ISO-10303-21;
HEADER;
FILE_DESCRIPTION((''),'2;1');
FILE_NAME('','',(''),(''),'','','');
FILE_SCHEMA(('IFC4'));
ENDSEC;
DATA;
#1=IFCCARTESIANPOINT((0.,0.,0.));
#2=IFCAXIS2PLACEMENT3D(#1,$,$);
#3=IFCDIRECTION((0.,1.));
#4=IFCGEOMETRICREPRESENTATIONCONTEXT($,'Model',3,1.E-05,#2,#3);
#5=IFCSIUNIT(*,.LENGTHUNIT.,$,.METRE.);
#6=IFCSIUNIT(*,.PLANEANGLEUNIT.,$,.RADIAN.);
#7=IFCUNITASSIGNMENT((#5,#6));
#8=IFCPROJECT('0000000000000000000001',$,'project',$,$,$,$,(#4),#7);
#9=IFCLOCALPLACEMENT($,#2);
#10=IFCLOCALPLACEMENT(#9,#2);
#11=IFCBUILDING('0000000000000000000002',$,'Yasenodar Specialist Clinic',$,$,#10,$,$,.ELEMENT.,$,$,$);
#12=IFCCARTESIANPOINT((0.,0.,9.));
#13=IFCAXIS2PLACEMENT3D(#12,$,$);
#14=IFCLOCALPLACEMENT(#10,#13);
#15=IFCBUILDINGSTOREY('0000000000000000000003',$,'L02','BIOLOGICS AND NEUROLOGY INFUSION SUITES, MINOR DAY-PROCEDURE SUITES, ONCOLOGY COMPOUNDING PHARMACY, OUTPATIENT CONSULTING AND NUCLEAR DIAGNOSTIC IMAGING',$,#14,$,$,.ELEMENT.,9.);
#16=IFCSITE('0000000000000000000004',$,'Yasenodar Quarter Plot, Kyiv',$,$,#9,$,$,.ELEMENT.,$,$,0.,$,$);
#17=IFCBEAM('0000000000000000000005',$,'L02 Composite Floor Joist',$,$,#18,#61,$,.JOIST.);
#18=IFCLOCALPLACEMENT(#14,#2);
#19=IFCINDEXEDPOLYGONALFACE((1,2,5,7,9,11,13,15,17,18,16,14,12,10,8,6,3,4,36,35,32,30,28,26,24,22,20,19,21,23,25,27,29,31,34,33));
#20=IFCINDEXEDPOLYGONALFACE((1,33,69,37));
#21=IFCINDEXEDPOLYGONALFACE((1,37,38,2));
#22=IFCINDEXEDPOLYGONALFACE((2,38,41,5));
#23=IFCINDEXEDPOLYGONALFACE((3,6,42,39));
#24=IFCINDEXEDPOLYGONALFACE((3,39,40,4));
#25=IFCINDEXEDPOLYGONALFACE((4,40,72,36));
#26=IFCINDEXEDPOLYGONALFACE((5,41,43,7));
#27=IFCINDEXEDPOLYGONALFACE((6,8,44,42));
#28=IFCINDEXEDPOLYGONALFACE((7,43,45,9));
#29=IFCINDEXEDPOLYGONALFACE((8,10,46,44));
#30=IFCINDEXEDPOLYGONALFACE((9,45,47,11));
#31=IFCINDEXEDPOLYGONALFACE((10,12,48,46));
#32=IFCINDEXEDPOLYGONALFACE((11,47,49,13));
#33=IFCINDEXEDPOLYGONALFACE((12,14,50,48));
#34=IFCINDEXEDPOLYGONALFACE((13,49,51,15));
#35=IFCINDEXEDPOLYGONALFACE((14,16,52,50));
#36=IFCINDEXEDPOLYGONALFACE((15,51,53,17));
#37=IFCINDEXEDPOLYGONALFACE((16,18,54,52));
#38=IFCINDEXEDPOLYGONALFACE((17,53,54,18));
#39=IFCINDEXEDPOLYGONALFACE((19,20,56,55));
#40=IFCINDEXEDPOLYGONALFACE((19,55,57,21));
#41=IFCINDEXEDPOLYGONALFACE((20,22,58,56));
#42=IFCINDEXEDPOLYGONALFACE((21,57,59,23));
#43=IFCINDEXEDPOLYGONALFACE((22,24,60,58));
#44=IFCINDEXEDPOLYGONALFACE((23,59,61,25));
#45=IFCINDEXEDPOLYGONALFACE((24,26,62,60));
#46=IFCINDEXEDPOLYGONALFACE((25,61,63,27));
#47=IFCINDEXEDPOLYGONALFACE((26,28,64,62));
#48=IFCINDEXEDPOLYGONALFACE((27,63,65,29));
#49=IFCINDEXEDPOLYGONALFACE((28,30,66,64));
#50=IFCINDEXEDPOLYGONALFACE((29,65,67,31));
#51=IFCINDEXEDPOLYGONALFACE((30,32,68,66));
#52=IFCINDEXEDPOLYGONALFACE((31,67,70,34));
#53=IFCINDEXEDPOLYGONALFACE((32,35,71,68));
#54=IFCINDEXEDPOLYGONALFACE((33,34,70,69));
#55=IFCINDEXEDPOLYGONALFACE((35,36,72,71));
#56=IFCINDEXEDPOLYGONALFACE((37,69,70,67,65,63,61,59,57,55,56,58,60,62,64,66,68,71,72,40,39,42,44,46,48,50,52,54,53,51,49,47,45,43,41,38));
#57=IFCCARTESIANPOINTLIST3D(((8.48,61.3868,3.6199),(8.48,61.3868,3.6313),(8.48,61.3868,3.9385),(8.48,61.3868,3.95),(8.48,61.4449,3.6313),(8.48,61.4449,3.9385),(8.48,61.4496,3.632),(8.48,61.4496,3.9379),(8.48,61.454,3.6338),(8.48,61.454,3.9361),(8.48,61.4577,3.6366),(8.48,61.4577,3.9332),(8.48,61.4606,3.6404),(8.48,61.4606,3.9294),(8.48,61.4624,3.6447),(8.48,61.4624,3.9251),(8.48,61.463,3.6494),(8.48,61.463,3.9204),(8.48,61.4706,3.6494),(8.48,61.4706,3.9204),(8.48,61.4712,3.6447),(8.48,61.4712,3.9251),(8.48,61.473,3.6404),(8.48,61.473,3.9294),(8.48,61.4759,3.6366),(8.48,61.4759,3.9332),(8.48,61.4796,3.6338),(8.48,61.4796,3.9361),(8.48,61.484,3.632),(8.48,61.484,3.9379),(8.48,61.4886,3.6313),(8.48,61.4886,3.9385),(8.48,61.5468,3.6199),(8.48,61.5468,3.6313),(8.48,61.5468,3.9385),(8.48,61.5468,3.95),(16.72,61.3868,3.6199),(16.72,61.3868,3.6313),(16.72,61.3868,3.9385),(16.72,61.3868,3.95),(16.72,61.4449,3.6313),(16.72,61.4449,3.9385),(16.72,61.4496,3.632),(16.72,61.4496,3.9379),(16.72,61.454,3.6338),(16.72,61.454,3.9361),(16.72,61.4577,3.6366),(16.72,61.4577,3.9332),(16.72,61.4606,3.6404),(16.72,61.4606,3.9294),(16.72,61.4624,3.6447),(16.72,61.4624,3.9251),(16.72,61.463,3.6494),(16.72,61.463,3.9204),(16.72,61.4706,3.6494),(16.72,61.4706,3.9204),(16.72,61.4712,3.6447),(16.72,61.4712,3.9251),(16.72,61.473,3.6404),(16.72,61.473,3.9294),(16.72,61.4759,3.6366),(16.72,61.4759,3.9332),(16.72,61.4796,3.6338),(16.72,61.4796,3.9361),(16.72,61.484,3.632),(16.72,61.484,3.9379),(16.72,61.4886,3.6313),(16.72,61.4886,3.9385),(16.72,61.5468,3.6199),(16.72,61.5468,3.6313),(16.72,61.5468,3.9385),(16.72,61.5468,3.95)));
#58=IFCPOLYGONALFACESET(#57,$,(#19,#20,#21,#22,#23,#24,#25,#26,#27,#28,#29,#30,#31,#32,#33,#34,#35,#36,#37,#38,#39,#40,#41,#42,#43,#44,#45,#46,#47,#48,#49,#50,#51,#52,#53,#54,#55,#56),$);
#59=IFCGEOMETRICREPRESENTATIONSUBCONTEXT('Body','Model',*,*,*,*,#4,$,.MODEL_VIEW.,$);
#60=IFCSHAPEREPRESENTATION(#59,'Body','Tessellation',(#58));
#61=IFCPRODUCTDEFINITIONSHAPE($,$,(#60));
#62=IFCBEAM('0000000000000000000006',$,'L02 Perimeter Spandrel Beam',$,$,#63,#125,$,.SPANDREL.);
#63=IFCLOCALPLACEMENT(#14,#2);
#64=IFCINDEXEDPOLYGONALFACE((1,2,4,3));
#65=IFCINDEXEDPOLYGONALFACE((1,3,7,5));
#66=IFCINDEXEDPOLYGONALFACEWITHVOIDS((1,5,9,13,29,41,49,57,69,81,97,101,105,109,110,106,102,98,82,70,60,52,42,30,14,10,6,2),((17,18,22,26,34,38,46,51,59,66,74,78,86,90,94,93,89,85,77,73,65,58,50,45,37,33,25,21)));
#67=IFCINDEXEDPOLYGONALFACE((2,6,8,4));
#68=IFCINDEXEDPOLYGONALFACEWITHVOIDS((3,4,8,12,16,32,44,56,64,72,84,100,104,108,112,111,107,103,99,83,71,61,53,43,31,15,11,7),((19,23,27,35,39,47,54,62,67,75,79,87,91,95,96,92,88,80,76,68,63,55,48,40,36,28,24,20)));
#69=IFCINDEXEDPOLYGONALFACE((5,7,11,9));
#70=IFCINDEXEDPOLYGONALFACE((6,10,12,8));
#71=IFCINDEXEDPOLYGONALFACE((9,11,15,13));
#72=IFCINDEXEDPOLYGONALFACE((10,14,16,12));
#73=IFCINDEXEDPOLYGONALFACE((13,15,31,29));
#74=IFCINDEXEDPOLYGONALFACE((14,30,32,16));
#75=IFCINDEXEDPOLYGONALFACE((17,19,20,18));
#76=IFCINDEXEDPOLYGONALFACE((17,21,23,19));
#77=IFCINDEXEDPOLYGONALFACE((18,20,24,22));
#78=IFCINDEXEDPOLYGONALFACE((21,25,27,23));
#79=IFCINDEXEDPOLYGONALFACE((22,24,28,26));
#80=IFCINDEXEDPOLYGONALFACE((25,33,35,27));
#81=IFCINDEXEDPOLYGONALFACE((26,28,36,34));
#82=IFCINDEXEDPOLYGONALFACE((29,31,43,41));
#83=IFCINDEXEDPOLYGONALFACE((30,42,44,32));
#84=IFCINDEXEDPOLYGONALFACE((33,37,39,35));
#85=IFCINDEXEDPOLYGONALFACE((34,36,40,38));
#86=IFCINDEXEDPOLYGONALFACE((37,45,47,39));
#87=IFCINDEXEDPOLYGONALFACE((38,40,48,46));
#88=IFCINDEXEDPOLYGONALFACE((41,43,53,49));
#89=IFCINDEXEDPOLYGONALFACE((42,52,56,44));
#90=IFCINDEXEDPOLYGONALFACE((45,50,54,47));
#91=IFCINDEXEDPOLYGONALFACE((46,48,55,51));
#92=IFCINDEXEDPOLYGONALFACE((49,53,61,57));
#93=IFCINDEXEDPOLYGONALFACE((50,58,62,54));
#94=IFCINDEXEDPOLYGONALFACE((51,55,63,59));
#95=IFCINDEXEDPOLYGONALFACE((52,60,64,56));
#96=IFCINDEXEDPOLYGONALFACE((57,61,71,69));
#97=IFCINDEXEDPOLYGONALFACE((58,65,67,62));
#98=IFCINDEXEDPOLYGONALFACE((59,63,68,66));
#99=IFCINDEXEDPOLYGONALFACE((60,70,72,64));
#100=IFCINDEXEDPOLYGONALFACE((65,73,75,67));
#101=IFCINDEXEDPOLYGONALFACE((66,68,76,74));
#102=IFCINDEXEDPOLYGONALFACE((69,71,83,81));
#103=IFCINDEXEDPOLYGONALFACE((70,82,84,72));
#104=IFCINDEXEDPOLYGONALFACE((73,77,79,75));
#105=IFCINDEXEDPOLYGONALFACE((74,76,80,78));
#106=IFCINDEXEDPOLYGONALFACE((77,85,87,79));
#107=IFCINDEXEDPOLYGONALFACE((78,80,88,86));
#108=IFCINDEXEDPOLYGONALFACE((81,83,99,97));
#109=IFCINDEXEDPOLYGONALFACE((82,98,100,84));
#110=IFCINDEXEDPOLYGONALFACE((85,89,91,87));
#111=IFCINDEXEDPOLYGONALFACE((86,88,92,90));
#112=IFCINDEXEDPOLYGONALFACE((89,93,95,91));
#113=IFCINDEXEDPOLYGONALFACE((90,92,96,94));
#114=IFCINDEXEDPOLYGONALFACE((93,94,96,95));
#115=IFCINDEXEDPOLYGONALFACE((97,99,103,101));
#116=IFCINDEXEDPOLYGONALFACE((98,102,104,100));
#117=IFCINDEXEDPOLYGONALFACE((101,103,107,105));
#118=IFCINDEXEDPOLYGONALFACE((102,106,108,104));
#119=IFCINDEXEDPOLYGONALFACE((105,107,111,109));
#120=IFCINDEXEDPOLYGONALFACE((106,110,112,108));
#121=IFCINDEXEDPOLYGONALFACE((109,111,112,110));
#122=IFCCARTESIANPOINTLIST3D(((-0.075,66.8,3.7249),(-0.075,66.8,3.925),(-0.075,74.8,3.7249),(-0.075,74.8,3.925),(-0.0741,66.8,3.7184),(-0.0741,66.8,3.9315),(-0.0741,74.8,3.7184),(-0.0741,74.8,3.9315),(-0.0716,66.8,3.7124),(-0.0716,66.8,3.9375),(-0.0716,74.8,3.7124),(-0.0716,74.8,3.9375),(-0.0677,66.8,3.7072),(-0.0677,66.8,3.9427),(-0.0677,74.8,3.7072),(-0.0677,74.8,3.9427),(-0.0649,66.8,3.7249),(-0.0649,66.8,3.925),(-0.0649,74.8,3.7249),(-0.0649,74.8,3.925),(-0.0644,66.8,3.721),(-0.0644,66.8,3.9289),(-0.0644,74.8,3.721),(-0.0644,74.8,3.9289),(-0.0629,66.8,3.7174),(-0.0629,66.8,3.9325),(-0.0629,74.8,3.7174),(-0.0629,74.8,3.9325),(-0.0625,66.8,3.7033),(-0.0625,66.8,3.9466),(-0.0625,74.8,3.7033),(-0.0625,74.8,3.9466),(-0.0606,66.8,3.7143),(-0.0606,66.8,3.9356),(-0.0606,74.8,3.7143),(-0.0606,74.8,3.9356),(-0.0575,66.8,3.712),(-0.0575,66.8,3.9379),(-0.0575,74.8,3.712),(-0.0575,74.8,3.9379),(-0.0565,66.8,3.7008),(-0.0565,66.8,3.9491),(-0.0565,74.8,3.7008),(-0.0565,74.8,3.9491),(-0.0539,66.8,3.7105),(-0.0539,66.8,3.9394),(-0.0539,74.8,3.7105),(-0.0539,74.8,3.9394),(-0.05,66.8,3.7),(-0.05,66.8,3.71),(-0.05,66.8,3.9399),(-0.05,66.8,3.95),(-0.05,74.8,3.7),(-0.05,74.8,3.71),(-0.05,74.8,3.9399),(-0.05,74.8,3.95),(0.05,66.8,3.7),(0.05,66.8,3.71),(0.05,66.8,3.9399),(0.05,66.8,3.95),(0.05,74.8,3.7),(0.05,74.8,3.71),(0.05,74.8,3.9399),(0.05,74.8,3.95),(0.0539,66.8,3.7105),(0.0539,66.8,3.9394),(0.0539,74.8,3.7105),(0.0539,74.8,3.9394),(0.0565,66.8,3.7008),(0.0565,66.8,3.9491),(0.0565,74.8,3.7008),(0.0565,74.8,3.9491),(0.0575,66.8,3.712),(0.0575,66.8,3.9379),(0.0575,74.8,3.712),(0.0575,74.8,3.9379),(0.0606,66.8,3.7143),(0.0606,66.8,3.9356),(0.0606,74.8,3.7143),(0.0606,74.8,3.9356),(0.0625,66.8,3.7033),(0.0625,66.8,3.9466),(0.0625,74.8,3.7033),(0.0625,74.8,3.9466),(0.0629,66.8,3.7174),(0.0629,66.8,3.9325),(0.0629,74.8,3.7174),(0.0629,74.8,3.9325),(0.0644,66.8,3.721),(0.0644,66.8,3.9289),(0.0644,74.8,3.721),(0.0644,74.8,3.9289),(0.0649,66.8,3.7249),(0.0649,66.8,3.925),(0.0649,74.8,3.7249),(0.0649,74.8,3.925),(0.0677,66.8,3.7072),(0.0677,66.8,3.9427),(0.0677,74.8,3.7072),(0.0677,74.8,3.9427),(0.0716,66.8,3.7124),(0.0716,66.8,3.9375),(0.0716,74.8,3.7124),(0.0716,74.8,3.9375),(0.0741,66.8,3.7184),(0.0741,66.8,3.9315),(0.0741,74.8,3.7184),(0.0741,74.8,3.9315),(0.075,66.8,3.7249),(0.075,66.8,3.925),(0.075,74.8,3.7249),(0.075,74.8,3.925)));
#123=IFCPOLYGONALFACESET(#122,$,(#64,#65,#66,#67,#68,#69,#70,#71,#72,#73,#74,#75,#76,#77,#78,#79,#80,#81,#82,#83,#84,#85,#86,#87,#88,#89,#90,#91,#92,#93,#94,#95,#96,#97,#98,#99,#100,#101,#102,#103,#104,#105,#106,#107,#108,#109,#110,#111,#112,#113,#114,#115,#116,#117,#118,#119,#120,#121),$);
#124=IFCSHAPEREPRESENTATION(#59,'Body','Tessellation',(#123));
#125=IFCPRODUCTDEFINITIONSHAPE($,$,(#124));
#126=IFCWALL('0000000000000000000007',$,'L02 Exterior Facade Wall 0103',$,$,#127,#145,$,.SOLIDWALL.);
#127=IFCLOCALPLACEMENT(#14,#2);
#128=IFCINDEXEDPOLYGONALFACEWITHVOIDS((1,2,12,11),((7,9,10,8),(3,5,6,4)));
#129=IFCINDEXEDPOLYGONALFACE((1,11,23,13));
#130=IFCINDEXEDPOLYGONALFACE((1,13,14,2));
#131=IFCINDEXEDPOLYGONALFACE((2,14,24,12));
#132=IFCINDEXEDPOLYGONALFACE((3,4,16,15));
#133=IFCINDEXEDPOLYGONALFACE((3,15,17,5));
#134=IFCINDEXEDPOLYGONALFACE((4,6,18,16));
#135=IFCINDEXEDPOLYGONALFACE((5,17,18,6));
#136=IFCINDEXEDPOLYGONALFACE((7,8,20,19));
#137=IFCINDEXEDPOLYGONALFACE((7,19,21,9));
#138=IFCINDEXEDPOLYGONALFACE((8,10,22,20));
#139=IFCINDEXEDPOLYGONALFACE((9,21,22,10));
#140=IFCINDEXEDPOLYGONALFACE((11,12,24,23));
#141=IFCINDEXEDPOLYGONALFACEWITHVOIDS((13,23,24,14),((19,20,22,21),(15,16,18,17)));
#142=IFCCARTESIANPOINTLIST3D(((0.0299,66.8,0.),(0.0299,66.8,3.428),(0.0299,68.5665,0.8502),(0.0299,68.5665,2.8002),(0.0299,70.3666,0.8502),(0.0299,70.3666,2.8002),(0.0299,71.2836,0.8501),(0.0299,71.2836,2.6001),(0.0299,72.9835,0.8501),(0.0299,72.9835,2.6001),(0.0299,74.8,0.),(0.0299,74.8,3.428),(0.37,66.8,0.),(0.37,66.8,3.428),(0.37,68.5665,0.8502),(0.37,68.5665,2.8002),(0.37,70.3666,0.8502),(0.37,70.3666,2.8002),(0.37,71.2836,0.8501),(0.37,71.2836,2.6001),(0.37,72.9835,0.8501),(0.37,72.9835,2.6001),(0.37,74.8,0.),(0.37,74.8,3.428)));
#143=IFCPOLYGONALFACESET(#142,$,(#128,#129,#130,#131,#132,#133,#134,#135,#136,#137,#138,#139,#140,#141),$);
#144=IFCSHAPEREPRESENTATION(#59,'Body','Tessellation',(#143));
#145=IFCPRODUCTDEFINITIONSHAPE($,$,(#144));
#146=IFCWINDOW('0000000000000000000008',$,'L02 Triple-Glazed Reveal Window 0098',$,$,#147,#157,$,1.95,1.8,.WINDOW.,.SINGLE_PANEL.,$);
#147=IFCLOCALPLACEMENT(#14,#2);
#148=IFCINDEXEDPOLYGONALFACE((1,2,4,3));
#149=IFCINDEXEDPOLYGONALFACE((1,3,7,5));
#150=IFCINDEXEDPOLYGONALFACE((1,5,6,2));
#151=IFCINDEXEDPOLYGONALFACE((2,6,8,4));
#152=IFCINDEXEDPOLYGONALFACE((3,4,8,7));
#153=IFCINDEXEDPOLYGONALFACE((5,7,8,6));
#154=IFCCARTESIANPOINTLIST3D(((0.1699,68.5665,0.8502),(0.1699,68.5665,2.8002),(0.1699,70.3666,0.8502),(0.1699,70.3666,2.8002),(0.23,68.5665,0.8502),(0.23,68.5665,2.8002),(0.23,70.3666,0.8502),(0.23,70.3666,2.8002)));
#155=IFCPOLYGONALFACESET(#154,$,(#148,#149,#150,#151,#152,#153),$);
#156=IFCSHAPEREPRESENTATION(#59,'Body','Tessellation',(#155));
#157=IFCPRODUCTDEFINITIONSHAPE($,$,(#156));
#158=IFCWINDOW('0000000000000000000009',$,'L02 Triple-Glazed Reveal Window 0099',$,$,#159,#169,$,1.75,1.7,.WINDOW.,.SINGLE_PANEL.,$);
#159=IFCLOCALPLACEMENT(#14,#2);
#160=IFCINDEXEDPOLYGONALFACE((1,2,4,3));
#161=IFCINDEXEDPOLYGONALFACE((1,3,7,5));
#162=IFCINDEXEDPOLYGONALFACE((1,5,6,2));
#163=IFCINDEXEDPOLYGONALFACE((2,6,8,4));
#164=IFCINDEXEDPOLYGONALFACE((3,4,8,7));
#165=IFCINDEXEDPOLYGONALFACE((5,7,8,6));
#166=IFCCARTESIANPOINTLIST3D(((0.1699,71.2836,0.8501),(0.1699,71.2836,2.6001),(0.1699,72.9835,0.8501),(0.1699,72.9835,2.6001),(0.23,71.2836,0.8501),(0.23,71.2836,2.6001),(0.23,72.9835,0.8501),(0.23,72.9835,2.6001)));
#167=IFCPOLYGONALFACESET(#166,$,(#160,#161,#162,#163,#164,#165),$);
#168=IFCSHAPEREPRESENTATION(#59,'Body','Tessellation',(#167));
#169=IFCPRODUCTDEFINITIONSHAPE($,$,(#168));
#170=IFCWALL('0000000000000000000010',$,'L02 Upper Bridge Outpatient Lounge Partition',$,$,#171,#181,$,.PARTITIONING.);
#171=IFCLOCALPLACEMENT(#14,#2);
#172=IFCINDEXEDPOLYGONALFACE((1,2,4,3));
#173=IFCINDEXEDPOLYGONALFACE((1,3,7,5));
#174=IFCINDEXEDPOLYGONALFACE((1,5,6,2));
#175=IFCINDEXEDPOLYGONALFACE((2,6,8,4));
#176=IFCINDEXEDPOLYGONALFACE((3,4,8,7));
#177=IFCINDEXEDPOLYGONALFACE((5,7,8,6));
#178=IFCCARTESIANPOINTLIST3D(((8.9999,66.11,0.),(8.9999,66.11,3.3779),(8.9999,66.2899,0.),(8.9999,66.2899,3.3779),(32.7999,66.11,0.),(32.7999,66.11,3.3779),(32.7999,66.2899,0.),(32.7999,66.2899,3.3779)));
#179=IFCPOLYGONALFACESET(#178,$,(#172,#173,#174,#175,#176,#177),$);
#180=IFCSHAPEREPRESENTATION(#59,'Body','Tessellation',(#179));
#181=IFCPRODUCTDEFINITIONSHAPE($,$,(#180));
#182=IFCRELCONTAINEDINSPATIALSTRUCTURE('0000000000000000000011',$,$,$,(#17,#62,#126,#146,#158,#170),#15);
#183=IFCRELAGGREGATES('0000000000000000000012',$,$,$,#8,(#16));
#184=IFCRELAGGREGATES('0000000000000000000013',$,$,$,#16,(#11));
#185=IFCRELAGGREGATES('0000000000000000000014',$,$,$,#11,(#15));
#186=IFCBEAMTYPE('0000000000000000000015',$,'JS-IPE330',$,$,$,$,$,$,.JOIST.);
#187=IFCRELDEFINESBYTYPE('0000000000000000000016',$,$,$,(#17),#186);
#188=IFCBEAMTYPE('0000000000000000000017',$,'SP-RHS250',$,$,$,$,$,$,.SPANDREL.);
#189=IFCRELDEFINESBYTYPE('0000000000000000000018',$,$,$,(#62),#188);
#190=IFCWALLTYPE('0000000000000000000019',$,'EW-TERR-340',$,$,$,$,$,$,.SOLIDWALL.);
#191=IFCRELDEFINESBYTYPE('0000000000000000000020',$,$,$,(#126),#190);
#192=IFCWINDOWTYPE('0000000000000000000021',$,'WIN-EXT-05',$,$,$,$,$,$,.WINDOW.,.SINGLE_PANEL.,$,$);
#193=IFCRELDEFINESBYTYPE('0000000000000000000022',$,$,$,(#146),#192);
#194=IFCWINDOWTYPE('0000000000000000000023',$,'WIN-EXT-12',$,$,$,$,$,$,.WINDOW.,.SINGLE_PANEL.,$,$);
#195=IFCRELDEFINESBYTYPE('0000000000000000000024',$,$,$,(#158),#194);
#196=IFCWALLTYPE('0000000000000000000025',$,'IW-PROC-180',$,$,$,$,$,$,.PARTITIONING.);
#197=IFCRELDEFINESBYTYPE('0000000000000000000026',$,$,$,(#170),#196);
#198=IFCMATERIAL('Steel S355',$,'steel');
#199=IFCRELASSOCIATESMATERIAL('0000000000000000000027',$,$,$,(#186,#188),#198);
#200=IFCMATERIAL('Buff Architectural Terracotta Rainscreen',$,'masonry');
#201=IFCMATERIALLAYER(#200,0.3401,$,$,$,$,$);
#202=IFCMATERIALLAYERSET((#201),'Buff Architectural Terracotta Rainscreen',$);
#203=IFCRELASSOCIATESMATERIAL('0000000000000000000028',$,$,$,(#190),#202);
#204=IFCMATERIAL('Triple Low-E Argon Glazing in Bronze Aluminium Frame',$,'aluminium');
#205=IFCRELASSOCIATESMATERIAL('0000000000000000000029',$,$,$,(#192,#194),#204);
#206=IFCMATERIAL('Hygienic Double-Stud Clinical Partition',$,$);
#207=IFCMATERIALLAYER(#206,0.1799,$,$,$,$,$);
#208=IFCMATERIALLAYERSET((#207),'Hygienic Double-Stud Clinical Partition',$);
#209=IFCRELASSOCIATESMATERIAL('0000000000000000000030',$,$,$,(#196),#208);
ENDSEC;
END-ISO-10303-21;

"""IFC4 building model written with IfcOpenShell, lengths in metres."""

from ifc_helpers import new_model, si_unit, direction, frame, frame_2d, origin, origin_2d, place, context, subcontext, project, spatial, rectangle, hollow_rectangle, i_section, extrude, material, layer, layer_set, material_profile, profile_set, type_object, element, fill, save


model = new_model("IFC4")

# Units and contexts
model_context = context("Model", 3, precision=1e-05, world=origin(), true_north=direction((0.0, 1.0)))
body_context = subcontext(model_context, "Body", "Model", "MODEL_VIEW")
ifc_project = project(units=[si_unit("LENGTHUNIT", "METRE"), si_unit("PLANEANGLEUNIT", "RADIAN")], contexts=[model_context])

# Site, building, storey
site_placement = place(None, origin())
site = spatial("IfcSite", under=ifc_project, at=site_placement, Name="Yasenodar Quarter Plot, Kyiv", CompositionType="ELEMENT", RefElevation=0.0)
building_placement = place(site_placement, origin())
building = spatial("IfcBuilding", under=site, at=building_placement, Name="Yasenodar Specialist Clinic", CompositionType="ELEMENT")
storey_placement = place(building_placement, frame((0.0, 0.0, 9.0)))
storey = spatial("IfcBuildingStorey", under=building, at=storey_placement, Name="L02", Description="BIOLOGICS AND NEUROLOGY INFUSION SUITES, MINOR DAY-PROCEDURE SUITES, ONCOLOGY COMPOUNDING PHARMACY, OUTPATIENT CONSULTING AND NUCLEAR DIAGNOSTIC IMAGING", CompositionType="ELEMENT", Elevation=9.0)

# Shared definitions
ifc_material_1 = material(Name="Steel S355", Category="steel")

# Beams
ifc_material_profile_1 = material_profile(ifc_material_1, i_section(OverallWidth=0.1599, OverallDepth=0.3301, WebThickness=0.0076, FlangeThickness=0.0115, FilletRadius=0.0181, at=origin_2d()), Name="IPE 330")
ifc_profile_set_1 = profile_set([ifc_material_profile_1], Name="Steel S355")
beam_type_1 = type_object("IfcBeamType", Name="JS-IPE330", PredefinedType="JOIST", material=ifc_profile_set_1)
beam_1_placement = place(storey_placement, frame((8.48, 61.4668, 3.7849), z_axis=(1.0, 0.0, 0.0), x_axis=(0.0, 1.0, 0.0)))
element("IfcBeam", 1, at=beam_1_placement, inside=storey, type_object=beam_type_1, Name="L02 Composite Floor Joist", PredefinedType="JOIST", context=body_context, shape_type="SweptSolid", body=[
    extrude(i_section(OverallWidth=0.1599, OverallDepth=0.3301, WebThickness=0.0076, FlangeThickness=0.0115, FilletRadius=0.0181, at=origin_2d()), origin(), (0.0, 0.0, 1.0), 8.24),
])
ifc_material_profile_2 = material_profile(ifc_material_1, hollow_rectangle(XDim=0.1499, YDim=0.25, WallThickness=0.01, InnerFilletRadius=0.0149, OuterFilletRadius=0.0249, at=origin_2d()), Name="RHS 250x150x10")
ifc_profile_set_2 = profile_set([ifc_material_profile_2], Name="Steel S355")
beam_type_2 = type_object("IfcBeamType", Name="SP-RHS250", PredefinedType="SPANDREL", material=ifc_profile_set_2)
beam_2_placement = place(storey_placement, frame((0.0, 66.8, 3.825), z_axis=(0.0, 1.0, 0.0), x_axis=(-1.0, 0.0, 0.0)))
element("IfcBeam", 2, at=beam_2_placement, inside=storey, type_object=beam_type_2, Name="L02 Perimeter Spandrel Beam", PredefinedType="SPANDREL", context=body_context, shape_type="SweptSolid", body=[
    extrude(hollow_rectangle(XDim=0.1499, YDim=0.25, WallThickness=0.01, InnerFilletRadius=0.0149, OuterFilletRadius=0.0249, at=origin_2d()), origin(), (0.0, 0.0, 1.0), 8.0),
])

# Wall, openings, windows
ifc_material_2 = material(Name="Buff Architectural Terracotta Rainscreen", Category="masonry")
ifc_layer_1 = layer(ifc_material_2, 0.3401)
ifc_layer_set_1 = layer_set([ifc_layer_1], Name="Buff Architectural Terracotta Rainscreen")
wall_type_1 = type_object("IfcWallType", Name="EW-TERR-340", PredefinedType="SOLIDWALL", material=ifc_layer_set_1)
wall_1_placement = place(storey_placement, frame((0.2, 66.8, 0.0), z_axis=(0.0, 0.0, 1.0), x_axis=(0.0, 1.0, 0.0)))
wall_1 = element("IfcWall", 3, at=wall_1_placement, inside=storey, type_object=wall_type_1, Name="L02 Exterior Facade Wall 0103", PredefinedType="SOLIDWALL", context=body_context, shape_type="SweptSolid", body=[
    extrude(rectangle(XDim=8.0, YDim=0.3401, at=frame_2d((4.0, 0.0))), origin(), (0.0, 0.0, 1.0), 3.428),
])
opening_1_placement = place(wall_1_placement, frame((1.7666, 0.0, 0.8501)))
opening_1 = element("IfcOpeningElement", 4, at=opening_1_placement, cuts=wall_1, PredefinedType="OPENING", context=body_context, shape_type="SweptSolid", body=[
    extrude(rectangle(XDim=1.8, YDim=1.95, at=frame_2d((0.8999, 0.9751))), frame((0.0, 0.1802, 0.0), z_axis=(0.0, -1.0, 0.0), x_axis=(1.0, 0.0, 0.0)), (0.0, 0.0, 1.0), 0.3601),
])
opening_2_placement = place(wall_1_placement, frame((4.4834, 0.0, 0.8501)))
opening_2 = element("IfcOpeningElement", 5, at=opening_2_placement, cuts=wall_1, PredefinedType="OPENING", context=body_context, shape_type="SweptSolid", body=[
    extrude(rectangle(XDim=1.7, YDim=1.75, at=frame_2d((0.8501, 0.875))), frame((0.0, 0.1802, 0.0), z_axis=(0.0, -1.0, 0.0), x_axis=(1.0, 0.0, 0.0)), (0.0, 0.0, 1.0), 0.3601),
])
ifc_material_3 = material(Name="Triple Low-E Argon Glazing in Bronze Aluminium Frame", Category="aluminium")
window_type_1 = type_object("IfcWindowType", Name="WIN-EXT-05", PartitioningType="SINGLE_PANEL", PredefinedType="WINDOW", material=ifc_material_3)
window_1_placement = place(opening_1_placement, origin())
window_1 = element("IfcWindow", 6, at=window_1_placement, inside=storey, type_object=window_type_1, Name="L02 Triple-Glazed Reveal Window 0098", OverallHeight=1.95, OverallWidth=1.8, PartitioningType="SINGLE_PANEL", PredefinedType="WINDOW", context=body_context, shape_type="SweptSolid", body=[
    extrude(rectangle(XDim=1.8, YDim=1.95, at=frame_2d((0.8999, 0.9751))), frame((0.0, 0.03, 0.0), z_axis=(0.0, -1.0, 0.0), x_axis=(1.0, 0.0, 0.0)), (0.0, 0.0, 1.0), 0.0601),
])
fill(opening_1, window_1)
window_type_2 = type_object("IfcWindowType", Name="WIN-EXT-12", PartitioningType="SINGLE_PANEL", PredefinedType="WINDOW", material=ifc_material_3)
window_2_placement = place(opening_2_placement, origin())
window_2 = element("IfcWindow", 7, at=window_2_placement, inside=storey, type_object=window_type_2, Name="L02 Triple-Glazed Reveal Window 0099", OverallHeight=1.75, OverallWidth=1.7, PartitioningType="SINGLE_PANEL", PredefinedType="WINDOW", context=body_context, shape_type="SweptSolid", body=[
    extrude(rectangle(XDim=1.7, YDim=1.75, at=frame_2d((0.8501, 0.875))), frame((0.0, 0.03, 0.0), z_axis=(0.0, -1.0, 0.0), x_axis=(1.0, 0.0, 0.0)), (0.0, 0.0, 1.0), 0.0601),
])
fill(opening_2, window_2)

# Wall
ifc_material_4 = material(Name="Hygienic Double-Stud Clinical Partition")
ifc_layer_2 = layer(ifc_material_4, 0.1799)
ifc_layer_set_2 = layer_set([ifc_layer_2], Name="Hygienic Double-Stud Clinical Partition")
wall_type_2 = type_object("IfcWallType", Name="IW-PROC-180", PredefinedType="PARTITIONING", material=ifc_layer_set_2)
wall_2_placement = place(storey_placement, frame((9.0, 66.2, 0.0), z_axis=(0.0, 0.0, 1.0), x_axis=(1.0, 0.0, 0.0)))
element("IfcWall", 8, at=wall_2_placement, inside=storey, type_object=wall_type_2, Name="L02 Upper Bridge Outpatient Lounge Partition", PredefinedType="PARTITIONING", context=body_context, shape_type="SweptSolid", body=[
    extrude(rectangle(XDim=23.8, YDim=0.1799, at=frame_2d((11.8999, 0.0))), origin(), (0.0, 0.0, 1.0), 3.3779),
])

save(model, "model.ifc")
